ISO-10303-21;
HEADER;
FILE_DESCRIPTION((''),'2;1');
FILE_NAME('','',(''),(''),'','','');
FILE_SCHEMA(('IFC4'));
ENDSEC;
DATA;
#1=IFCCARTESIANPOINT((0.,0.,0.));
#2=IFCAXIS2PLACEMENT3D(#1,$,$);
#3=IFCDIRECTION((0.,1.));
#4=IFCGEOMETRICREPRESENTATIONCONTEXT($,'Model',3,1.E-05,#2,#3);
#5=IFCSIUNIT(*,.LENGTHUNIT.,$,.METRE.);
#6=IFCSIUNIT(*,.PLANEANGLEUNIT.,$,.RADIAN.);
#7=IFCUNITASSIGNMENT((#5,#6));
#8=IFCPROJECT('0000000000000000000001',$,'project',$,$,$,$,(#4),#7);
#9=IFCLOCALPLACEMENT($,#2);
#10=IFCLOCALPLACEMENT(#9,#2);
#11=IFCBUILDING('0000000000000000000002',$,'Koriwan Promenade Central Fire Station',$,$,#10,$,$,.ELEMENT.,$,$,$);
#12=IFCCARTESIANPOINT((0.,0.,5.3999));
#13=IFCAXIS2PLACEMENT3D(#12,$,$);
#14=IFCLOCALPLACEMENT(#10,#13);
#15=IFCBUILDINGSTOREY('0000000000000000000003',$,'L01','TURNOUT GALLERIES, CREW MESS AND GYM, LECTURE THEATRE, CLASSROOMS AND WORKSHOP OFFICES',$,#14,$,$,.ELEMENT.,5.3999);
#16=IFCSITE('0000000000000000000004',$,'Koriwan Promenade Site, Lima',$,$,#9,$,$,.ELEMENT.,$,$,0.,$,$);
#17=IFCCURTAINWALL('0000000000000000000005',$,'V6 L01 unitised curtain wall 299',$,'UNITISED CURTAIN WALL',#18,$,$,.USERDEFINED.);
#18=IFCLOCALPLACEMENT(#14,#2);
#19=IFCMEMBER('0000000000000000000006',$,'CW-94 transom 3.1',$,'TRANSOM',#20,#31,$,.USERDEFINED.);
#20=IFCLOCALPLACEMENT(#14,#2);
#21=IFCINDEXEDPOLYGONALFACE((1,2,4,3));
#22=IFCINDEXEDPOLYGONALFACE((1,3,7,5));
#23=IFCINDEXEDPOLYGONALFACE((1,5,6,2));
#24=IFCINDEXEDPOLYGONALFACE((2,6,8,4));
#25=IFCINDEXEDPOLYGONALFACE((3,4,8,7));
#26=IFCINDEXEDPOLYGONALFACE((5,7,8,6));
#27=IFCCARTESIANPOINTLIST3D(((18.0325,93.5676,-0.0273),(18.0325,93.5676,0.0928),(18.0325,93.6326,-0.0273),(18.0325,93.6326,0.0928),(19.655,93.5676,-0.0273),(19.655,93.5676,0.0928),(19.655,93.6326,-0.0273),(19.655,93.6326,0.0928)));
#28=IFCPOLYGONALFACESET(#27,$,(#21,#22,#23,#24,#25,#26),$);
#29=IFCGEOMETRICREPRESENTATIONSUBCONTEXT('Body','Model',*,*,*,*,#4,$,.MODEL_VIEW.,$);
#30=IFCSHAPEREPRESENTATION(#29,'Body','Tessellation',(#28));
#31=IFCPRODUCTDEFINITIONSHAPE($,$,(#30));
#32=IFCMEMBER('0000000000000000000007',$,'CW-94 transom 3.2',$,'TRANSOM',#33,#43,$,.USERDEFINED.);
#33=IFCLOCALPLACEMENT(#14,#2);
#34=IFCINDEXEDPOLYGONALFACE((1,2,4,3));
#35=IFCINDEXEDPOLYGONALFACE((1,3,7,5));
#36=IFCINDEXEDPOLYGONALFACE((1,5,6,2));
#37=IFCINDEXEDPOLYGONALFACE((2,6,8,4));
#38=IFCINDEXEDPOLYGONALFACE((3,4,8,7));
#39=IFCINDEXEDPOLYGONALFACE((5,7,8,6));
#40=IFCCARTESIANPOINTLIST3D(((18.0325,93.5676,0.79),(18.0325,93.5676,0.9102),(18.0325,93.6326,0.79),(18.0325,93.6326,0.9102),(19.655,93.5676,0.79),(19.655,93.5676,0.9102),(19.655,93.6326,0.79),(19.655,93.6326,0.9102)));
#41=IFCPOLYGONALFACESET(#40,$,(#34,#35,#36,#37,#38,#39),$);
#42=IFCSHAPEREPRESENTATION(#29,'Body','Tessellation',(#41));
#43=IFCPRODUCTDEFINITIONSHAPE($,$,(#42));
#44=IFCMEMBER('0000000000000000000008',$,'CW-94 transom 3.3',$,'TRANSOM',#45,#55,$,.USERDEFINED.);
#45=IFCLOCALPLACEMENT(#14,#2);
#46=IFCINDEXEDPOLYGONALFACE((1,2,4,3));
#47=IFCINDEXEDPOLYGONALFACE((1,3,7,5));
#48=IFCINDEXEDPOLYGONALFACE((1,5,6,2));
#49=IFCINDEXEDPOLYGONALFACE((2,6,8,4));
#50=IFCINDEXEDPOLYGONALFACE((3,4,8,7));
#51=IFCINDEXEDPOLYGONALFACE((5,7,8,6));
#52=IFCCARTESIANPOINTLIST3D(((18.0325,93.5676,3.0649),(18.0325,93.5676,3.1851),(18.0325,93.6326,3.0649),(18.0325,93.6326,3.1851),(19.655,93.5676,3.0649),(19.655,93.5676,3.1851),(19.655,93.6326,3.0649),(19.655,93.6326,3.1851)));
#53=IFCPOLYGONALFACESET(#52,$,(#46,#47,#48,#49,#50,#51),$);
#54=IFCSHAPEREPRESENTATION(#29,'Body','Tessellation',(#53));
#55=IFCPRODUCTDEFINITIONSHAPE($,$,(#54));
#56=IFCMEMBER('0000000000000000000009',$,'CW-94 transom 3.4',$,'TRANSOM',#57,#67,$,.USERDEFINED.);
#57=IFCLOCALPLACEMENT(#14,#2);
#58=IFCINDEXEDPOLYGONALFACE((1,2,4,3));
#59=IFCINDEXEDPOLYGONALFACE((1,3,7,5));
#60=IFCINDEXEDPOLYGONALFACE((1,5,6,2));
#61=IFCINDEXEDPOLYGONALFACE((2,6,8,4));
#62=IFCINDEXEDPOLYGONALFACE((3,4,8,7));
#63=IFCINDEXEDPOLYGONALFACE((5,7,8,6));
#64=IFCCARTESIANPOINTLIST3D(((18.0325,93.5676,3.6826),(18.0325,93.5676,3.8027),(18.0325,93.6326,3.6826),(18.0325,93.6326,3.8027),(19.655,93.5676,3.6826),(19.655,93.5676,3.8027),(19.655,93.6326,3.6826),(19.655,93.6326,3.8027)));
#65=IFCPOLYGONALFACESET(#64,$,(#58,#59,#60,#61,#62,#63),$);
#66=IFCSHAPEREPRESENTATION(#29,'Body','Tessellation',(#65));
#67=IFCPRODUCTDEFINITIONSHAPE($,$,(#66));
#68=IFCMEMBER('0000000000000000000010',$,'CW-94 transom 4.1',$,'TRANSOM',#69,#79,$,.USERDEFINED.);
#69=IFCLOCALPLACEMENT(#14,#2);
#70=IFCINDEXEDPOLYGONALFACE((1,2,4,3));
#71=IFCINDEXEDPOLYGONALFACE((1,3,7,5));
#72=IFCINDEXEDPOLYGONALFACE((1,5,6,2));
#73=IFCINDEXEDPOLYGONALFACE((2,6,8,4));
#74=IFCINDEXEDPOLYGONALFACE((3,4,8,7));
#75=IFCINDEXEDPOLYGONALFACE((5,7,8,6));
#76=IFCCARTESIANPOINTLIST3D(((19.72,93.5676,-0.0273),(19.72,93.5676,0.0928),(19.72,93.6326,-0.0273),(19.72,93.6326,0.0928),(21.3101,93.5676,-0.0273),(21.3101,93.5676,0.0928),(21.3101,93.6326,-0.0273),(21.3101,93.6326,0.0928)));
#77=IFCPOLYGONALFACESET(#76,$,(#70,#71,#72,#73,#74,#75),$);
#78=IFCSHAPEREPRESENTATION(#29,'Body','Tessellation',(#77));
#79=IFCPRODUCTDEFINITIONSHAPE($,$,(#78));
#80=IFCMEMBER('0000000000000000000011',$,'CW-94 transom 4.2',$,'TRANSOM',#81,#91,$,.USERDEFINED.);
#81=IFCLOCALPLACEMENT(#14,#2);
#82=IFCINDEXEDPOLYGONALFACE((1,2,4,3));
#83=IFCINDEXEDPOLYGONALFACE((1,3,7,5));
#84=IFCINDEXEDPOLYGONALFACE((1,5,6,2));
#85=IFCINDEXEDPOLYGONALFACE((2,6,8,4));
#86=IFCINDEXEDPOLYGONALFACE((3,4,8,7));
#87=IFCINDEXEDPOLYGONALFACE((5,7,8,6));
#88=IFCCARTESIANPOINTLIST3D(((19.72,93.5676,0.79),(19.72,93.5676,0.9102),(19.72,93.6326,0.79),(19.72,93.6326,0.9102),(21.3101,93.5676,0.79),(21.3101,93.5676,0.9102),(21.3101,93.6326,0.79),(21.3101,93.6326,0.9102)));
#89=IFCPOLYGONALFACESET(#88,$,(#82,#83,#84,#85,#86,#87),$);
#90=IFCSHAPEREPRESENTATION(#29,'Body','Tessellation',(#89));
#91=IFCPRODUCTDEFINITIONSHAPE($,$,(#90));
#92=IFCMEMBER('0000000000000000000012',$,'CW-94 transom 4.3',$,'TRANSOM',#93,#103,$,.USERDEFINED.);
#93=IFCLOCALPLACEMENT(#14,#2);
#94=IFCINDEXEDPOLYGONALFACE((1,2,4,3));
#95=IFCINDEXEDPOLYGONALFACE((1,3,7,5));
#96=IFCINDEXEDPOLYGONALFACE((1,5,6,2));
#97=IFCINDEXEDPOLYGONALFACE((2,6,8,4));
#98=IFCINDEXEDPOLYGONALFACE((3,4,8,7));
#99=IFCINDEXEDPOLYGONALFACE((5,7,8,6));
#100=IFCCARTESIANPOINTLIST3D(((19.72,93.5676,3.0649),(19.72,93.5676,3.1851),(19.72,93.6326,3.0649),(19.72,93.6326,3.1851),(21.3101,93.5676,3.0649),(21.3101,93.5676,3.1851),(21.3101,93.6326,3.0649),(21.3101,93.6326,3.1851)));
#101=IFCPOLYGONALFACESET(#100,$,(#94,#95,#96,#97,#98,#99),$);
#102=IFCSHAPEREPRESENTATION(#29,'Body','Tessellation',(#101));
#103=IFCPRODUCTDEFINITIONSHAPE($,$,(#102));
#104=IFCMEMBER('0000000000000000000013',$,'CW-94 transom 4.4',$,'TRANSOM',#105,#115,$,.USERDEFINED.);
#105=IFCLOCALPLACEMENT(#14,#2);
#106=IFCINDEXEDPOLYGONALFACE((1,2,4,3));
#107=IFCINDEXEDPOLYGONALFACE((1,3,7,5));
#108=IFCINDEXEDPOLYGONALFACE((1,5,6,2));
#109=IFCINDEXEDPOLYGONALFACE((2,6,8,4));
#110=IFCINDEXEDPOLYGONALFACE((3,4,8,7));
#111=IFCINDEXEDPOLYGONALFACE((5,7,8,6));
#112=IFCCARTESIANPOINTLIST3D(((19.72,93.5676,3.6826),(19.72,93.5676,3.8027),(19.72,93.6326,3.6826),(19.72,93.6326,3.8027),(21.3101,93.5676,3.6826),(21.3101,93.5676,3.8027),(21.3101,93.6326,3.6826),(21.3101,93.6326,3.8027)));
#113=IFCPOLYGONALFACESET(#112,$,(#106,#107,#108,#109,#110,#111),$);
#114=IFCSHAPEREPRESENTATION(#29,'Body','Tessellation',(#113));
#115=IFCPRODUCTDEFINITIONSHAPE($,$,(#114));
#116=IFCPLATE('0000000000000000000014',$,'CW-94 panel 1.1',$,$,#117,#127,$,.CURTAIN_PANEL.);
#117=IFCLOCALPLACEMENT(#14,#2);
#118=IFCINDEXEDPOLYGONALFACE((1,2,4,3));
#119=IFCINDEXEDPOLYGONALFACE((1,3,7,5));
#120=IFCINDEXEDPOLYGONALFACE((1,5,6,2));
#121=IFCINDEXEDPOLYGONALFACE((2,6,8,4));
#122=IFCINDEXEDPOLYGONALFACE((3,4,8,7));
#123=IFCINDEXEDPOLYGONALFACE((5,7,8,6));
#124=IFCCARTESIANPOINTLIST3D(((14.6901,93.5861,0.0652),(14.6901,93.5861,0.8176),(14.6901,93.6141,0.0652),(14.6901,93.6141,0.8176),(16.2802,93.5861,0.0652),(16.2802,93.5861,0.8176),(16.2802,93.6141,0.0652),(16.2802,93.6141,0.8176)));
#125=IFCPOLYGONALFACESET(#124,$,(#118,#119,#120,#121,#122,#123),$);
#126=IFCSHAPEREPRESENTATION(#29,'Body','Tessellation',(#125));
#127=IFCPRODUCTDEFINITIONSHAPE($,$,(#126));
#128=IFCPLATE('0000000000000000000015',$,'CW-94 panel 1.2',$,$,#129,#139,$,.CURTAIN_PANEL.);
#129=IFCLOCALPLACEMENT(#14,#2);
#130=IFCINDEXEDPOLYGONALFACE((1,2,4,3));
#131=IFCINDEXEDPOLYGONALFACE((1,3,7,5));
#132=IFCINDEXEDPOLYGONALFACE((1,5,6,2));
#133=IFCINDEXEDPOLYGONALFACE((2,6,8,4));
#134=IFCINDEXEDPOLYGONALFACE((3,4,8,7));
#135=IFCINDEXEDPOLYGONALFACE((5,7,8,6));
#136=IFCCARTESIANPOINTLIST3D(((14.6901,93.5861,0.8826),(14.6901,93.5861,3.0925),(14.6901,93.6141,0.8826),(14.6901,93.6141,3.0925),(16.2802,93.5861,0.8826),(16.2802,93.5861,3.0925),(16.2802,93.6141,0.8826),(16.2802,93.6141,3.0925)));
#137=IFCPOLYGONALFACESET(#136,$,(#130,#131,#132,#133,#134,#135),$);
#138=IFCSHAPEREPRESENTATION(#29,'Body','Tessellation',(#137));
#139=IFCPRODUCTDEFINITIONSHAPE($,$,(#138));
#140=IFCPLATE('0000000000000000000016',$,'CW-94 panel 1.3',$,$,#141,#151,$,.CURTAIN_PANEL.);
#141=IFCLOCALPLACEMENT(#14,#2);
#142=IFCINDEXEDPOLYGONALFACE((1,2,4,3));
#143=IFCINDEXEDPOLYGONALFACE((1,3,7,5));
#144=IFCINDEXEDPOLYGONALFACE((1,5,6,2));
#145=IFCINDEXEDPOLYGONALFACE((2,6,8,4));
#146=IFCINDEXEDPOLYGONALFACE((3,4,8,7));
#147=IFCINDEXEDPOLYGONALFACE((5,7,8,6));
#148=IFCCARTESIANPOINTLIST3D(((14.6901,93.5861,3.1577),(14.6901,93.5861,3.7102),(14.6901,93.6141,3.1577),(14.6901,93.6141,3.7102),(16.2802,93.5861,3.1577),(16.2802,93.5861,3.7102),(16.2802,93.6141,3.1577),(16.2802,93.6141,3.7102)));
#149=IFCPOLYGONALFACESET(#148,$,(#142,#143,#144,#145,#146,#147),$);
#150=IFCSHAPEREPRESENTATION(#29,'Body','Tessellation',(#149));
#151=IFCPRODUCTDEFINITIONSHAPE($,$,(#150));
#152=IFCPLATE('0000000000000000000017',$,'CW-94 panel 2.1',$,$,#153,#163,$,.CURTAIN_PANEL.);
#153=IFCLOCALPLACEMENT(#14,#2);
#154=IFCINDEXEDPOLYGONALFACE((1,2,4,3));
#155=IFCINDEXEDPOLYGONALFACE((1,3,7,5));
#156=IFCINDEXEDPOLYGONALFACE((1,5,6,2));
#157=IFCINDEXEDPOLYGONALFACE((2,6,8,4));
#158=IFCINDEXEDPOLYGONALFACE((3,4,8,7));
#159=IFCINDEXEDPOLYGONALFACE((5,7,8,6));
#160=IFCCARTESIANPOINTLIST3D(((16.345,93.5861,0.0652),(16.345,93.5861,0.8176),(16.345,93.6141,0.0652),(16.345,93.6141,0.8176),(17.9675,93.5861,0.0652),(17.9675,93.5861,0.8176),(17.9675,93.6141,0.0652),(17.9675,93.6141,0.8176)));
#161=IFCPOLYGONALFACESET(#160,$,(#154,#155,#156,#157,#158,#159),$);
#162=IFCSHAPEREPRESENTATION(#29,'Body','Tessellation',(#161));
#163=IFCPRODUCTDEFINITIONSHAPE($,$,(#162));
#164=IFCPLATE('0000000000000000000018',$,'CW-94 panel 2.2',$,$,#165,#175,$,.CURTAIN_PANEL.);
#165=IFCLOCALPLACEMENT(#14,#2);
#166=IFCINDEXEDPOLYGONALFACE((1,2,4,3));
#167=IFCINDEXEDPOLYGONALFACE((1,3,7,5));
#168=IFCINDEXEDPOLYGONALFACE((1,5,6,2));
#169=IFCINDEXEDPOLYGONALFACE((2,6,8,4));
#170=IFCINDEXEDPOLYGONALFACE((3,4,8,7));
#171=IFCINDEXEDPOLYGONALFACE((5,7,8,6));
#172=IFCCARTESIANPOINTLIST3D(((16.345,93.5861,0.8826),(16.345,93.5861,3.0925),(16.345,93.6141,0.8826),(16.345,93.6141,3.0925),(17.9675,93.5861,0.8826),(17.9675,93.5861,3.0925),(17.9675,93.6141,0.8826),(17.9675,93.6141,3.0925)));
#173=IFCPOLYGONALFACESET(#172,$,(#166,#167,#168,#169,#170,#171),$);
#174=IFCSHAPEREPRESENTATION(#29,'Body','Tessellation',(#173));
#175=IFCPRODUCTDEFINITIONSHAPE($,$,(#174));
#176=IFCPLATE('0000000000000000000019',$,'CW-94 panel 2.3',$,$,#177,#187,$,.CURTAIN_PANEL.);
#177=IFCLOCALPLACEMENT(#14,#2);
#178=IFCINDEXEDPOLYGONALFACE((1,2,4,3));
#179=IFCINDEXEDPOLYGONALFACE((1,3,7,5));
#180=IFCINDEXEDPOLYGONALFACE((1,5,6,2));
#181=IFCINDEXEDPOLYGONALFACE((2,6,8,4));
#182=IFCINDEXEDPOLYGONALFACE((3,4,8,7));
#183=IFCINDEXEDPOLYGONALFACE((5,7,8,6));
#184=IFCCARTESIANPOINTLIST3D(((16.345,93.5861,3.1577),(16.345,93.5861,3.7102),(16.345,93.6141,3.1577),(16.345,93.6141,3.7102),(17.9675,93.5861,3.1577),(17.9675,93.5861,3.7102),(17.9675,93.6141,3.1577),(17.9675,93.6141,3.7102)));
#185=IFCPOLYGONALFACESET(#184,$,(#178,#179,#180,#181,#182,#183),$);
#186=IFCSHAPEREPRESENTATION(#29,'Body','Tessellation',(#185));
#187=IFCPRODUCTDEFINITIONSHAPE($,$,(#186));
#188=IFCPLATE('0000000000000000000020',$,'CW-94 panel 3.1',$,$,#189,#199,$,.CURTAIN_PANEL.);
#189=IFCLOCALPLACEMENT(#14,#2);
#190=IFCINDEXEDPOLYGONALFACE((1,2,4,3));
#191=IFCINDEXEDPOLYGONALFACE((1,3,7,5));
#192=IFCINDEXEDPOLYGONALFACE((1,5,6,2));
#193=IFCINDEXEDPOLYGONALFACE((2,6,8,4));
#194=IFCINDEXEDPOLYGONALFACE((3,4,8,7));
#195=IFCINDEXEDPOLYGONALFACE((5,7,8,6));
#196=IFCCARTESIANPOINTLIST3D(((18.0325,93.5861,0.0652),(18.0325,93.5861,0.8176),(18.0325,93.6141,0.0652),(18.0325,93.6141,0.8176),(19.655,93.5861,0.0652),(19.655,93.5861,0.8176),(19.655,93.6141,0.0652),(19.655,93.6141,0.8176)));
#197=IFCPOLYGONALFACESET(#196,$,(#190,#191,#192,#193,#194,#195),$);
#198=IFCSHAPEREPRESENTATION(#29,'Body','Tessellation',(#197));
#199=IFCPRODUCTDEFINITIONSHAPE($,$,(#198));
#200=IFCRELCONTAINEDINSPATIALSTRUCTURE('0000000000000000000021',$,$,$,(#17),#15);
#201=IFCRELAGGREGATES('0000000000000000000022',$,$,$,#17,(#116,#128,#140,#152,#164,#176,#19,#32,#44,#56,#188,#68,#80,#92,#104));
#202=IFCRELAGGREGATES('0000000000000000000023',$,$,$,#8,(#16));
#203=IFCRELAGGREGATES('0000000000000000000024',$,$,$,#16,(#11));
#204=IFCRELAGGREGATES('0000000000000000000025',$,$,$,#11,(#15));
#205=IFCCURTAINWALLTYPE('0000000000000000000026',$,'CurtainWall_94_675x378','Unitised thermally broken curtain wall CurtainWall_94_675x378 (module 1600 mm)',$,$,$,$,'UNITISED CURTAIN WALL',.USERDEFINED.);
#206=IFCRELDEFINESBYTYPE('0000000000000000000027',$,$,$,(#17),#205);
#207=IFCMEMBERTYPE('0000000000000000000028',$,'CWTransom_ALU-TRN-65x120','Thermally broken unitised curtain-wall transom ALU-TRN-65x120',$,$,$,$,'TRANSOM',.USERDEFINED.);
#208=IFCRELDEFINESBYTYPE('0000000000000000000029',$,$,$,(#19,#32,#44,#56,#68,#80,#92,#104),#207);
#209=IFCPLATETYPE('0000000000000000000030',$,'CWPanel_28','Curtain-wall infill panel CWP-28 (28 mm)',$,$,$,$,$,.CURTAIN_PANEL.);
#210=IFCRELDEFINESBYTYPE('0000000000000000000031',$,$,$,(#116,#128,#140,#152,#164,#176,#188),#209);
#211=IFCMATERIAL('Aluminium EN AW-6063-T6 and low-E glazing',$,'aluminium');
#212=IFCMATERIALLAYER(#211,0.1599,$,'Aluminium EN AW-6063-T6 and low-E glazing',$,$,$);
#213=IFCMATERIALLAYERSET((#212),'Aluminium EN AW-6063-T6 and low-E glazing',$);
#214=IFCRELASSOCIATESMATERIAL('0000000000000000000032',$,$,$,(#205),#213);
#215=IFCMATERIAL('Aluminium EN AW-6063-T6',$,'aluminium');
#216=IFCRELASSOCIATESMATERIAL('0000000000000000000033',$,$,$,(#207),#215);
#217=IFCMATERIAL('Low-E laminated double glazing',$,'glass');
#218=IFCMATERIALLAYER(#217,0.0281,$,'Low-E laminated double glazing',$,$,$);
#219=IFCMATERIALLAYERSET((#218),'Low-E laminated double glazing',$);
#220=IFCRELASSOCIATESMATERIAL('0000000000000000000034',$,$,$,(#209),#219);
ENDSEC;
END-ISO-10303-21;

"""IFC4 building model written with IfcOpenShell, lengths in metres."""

from ifc_helpers import new_model, si_unit, direction, frame, origin, origin_2d, place, context, subcontext, project, spatial, rectangle, extrude, material, layer, layer_set, material_profile, profile_set, type_object, element, aggregate, save


model = new_model("IFC4")

# Units and contexts
model_context = context("Model", 3, precision=1e-05, world=origin(), true_north=direction((0.0, 1.0)))
body_context = subcontext(model_context, "Body", "Model", "MODEL_VIEW")
ifc_project = project(units=[si_unit("LENGTHUNIT", "METRE"), si_unit("PLANEANGLEUNIT", "RADIAN")], contexts=[model_context])

# Site, building, storey
site_placement = place(None, origin())
site = spatial("IfcSite", under=ifc_project, at=site_placement, Name="Koriwan Promenade Site, Lima", CompositionType="ELEMENT", RefElevation=0.0)
building_placement = place(site_placement, origin())
building = spatial("IfcBuilding", under=site, at=building_placement, Name="Koriwan Promenade Central Fire Station", CompositionType="ELEMENT")
storey_placement = place(building_placement, frame((0.0, 0.0, 5.3999)))
storey = spatial("IfcBuildingStorey", under=building, at=storey_placement, Name="L01", Description="TURNOUT GALLERIES, CREW MESS AND GYM, LECTURE THEATRE, CLASSROOMS AND WORKSHOP OFFICES", CompositionType="ELEMENT", Elevation=5.3999)

# Curtain wall, members, plates
ifc_material_1 = material(Name="Aluminium EN AW-6063-T6 and low-E glazing", Category="aluminium")
ifc_layer_1 = layer(ifc_material_1, 0.1599, Name="Aluminium EN AW-6063-T6 and low-E glazing")
ifc_layer_set_1 = layer_set([ifc_layer_1], Name="Aluminium EN AW-6063-T6 and low-E glazing")
curtain_wall_type = type_object("IfcCurtainWallType", Name="CurtainWall_94_675x378", Description="Unitised thermally broken curtain wall CurtainWall_94_675x378 (module 1600 mm)", ElementType="UNITISED CURTAIN WALL", PredefinedType="USERDEFINED", material=ifc_layer_set_1)
curtain_wall_placement = place(storey_placement, origin())
curtain_wall = element("IfcCurtainWall", 1, at=curtain_wall_placement, inside=storey, type_object=curtain_wall_type, Name="V6 L01 unitised curtain wall 299", ObjectType="UNITISED CURTAIN WALL", PredefinedType="USERDEFINED")
ifc_material_2 = material(Name="Aluminium EN AW-6063-T6", Category="aluminium")
ifc_material_profile_1 = material_profile(ifc_material_2, rectangle(XDim=0.0649, YDim=0.1201, at=origin_2d()), Name="ALU-TRN-65x120")
ifc_profile_set_1 = profile_set([ifc_material_profile_1], Name="Aluminium EN AW-6063-T6")
member_type_1 = type_object("IfcMemberType", Name="CWTransom_ALU-TRN-65x120", Description="Thermally broken unitised curtain-wall transom ALU-TRN-65x120", ElementType="TRANSOM", PredefinedType="USERDEFINED", material=ifc_profile_set_1)
member_1_placement = place(storey_placement, frame((18.0325, 93.6001, 0.0327), z_axis=(1.0, 0.0, 0.0), x_axis=(0.0, 1.0, 0.0)))
member_1 = element("IfcMember", 2, at=member_1_placement, type_object=member_type_1, Name="CW-94 transom 3.1", ObjectType="TRANSOM", PredefinedType="USERDEFINED", context=body_context, shape_type="SweptSolid", body=[
    extrude(rectangle(XDim=0.0649, YDim=0.1201, at=origin_2d()), origin(), (0.0, 0.0, 1.0), 1.6226),
])
member_2_placement = place(storey_placement, frame((18.0325, 93.6001, 0.8501), z_axis=(1.0, 0.0, 0.0), x_axis=(0.0, 1.0, 0.0)))
member_2 = element("IfcMember", 3, at=member_2_placement, type_object=member_type_1, Name="CW-94 transom 3.2", ObjectType="TRANSOM", PredefinedType="USERDEFINED", context=body_context, shape_type="SweptSolid", body=[
    extrude(rectangle(XDim=0.0649, YDim=0.1201, at=origin_2d()), origin(), (0.0, 0.0, 1.0), 1.6226),
])
member_3_placement = place(storey_placement, frame((18.0325, 93.6001, 3.125), z_axis=(1.0, 0.0, 0.0), x_axis=(0.0, 1.0, 0.0)))
member_3 = element("IfcMember", 4, at=member_3_placement, type_object=member_type_1, Name="CW-94 transom 3.3", ObjectType="TRANSOM", PredefinedType="USERDEFINED", context=body_context, shape_type="SweptSolid", body=[
    extrude(rectangle(XDim=0.0649, YDim=0.1201, at=origin_2d()), origin(), (0.0, 0.0, 1.0), 1.6226),
])
member_4_placement = place(storey_placement, frame((18.0325, 93.6001, 3.7427), z_axis=(1.0, 0.0, 0.0), x_axis=(0.0, 1.0, 0.0)))
member_4 = element("IfcMember", 5, at=member_4_placement, type_object=member_type_1, Name="CW-94 transom 3.4", ObjectType="TRANSOM", PredefinedType="USERDEFINED", context=body_context, shape_type="SweptSolid", body=[
    extrude(rectangle(XDim=0.0649, YDim=0.1201, at=origin_2d()), origin(), (0.0, 0.0, 1.0), 1.6226),
])
member_5_placement = place(storey_placement, frame((19.72, 93.6001, 0.0327), z_axis=(1.0, 0.0, 0.0), x_axis=(0.0, 1.0, 0.0)))
member_5 = element("IfcMember", 6, at=member_5_placement, type_object=member_type_1, Name="CW-94 transom 4.1", ObjectType="TRANSOM", PredefinedType="USERDEFINED", context=body_context, shape_type="SweptSolid", body=[
    extrude(rectangle(XDim=0.0649, YDim=0.1201, at=origin_2d()), origin(), (0.0, 0.0, 1.0), 1.5901),
])
member_6_placement = place(storey_placement, frame((19.72, 93.6001, 0.8501), z_axis=(1.0, 0.0, 0.0), x_axis=(0.0, 1.0, 0.0)))
member_6 = element("IfcMember", 7, at=member_6_placement, type_object=member_type_1, Name="CW-94 transom 4.2", ObjectType="TRANSOM", PredefinedType="USERDEFINED", context=body_context, shape_type="SweptSolid", body=[
    extrude(rectangle(XDim=0.0649, YDim=0.1201, at=origin_2d()), origin(), (0.0, 0.0, 1.0), 1.5901),
])
member_7_placement = place(storey_placement, frame((19.72, 93.6001, 3.125), z_axis=(1.0, 0.0, 0.0), x_axis=(0.0, 1.0, 0.0)))
member_7 = element("IfcMember", 8, at=member_7_placement, type_object=member_type_1, Name="CW-94 transom 4.3", ObjectType="TRANSOM", PredefinedType="USERDEFINED", context=body_context, shape_type="SweptSolid", body=[
    extrude(rectangle(XDim=0.0649, YDim=0.1201, at=origin_2d()), origin(), (0.0, 0.0, 1.0), 1.5901),
])
member_8_placement = place(storey_placement, frame((19.72, 93.6001, 3.7427), z_axis=(1.0, 0.0, 0.0), x_axis=(0.0, 1.0, 0.0)))
member_8 = element("IfcMember", 9, at=member_8_placement, type_object=member_type_1, Name="CW-94 transom 4.4", ObjectType="TRANSOM", PredefinedType="USERDEFINED", context=body_context, shape_type="SweptSolid", body=[
    extrude(rectangle(XDim=0.0649, YDim=0.1201, at=origin_2d()), origin(), (0.0, 0.0, 1.0), 1.5901),
])
ifc_material_3 = material(Name="Low-E laminated double glazing", Category="glass")
ifc_layer_2 = layer(ifc_material_3, 0.0281, Name="Low-E laminated double glazing")
ifc_layer_set_2 = layer_set([ifc_layer_2], Name="Low-E laminated double glazing")
plate_type = type_object("IfcPlateType", Name="CWPanel_28", Description="Curtain-wall infill panel CWP-28 (28 mm)", PredefinedType="CURTAIN_PANEL", material=ifc_layer_set_2)
plate_1_placement = place(storey_placement, frame((15.4851, 93.6001, 0.0652), z_axis=(0.0, 0.0, 1.0), x_axis=(1.0, 0.0, 0.0)))
plate_1 = element("IfcPlate", 10, at=plate_1_placement, type_object=plate_type, Name="CW-94 panel 1.1", PredefinedType="CURTAIN_PANEL", context=body_context, shape_type="SweptSolid", body=[
    extrude(rectangle(XDim=1.5901, YDim=0.0281, at=origin_2d()), origin(), (0.0, 0.0, 1.0), 0.7524),
])
plate_2_placement = place(storey_placement, frame((15.4851, 93.6001, 0.8826), z_axis=(0.0, 0.0, 1.0), x_axis=(1.0, 0.0, 0.0)))
plate_2 = element("IfcPlate", 11, at=plate_2_placement, type_object=plate_type, Name="CW-94 panel 1.2", PredefinedType="CURTAIN_PANEL", context=body_context, shape_type="SweptSolid", body=[
    extrude(rectangle(XDim=1.5901, YDim=0.0281, at=origin_2d()), origin(), (0.0, 0.0, 1.0), 2.21),
])
plate_3_placement = place(storey_placement, frame((15.4851, 93.6001, 3.1577), z_axis=(0.0, 0.0, 1.0), x_axis=(1.0, 0.0, 0.0)))
plate_3 = element("IfcPlate", 12, at=plate_3_placement, type_object=plate_type, Name="CW-94 panel 1.3", PredefinedType="CURTAIN_PANEL", context=body_context, shape_type="SweptSolid", body=[
    extrude(rectangle(XDim=1.5901, YDim=0.0281, at=origin_2d()), origin(), (0.0, 0.0, 1.0), 0.5525),
])
plate_4_placement = place(storey_placement, frame((17.1562, 93.6001, 0.0652), z_axis=(0.0, 0.0, 1.0), x_axis=(1.0, 0.0, 0.0)))
plate_4 = element("IfcPlate", 13, at=plate_4_placement, type_object=plate_type, Name="CW-94 panel 2.1", PredefinedType="CURTAIN_PANEL", context=body_context, shape_type="SweptSolid", body=[
    extrude(rectangle(XDim=1.6226, YDim=0.0281, at=origin_2d()), origin(), (0.0, 0.0, 1.0), 0.7524),
])
plate_5_placement = place(storey_placement, frame((17.1562, 93.6001, 0.8826), z_axis=(0.0, 0.0, 1.0), x_axis=(1.0, 0.0, 0.0)))
plate_5 = element("IfcPlate", 14, at=plate_5_placement, type_object=plate_type, Name="CW-94 panel 2.2", PredefinedType="CURTAIN_PANEL", context=body_context, shape_type="SweptSolid", body=[
    extrude(rectangle(XDim=1.6226, YDim=0.0281, at=origin_2d()), origin(), (0.0, 0.0, 1.0), 2.21),
])
plate_6_placement = place(storey_placement, frame((17.1562, 93.6001, 3.1577), z_axis=(0.0, 0.0, 1.0), x_axis=(1.0, 0.0, 0.0)))
plate_6 = element("IfcPlate", 15, at=plate_6_placement, type_object=plate_type, Name="CW-94 panel 2.3", PredefinedType="CURTAIN_PANEL", context=body_context, shape_type="SweptSolid", body=[
    extrude(rectangle(XDim=1.6226, YDim=0.0281, at=origin_2d()), origin(), (0.0, 0.0, 1.0), 0.5525),
])
plate_7_placement = place(storey_placement, frame((18.8438, 93.6001, 0.0652), z_axis=(0.0, 0.0, 1.0), x_axis=(1.0, 0.0, 0.0)))
plate_7 = element("IfcPlate", 16, at=plate_7_placement, type_object=plate_type, Name="CW-94 panel 3.1", PredefinedType="CURTAIN_PANEL", context=body_context, shape_type="SweptSolid", body=[
    extrude(rectangle(XDim=1.6226, YDim=0.0281, at=origin_2d()), origin(), (0.0, 0.0, 1.0), 0.7524),
])
aggregate(curtain_wall, [plate_1, plate_2, plate_3, plate_4, plate_5, plate_6, member_1, member_2, member_3, member_4, plate_7, member_5, member_6, member_7, member_8])

save(model, "model.ifc")
